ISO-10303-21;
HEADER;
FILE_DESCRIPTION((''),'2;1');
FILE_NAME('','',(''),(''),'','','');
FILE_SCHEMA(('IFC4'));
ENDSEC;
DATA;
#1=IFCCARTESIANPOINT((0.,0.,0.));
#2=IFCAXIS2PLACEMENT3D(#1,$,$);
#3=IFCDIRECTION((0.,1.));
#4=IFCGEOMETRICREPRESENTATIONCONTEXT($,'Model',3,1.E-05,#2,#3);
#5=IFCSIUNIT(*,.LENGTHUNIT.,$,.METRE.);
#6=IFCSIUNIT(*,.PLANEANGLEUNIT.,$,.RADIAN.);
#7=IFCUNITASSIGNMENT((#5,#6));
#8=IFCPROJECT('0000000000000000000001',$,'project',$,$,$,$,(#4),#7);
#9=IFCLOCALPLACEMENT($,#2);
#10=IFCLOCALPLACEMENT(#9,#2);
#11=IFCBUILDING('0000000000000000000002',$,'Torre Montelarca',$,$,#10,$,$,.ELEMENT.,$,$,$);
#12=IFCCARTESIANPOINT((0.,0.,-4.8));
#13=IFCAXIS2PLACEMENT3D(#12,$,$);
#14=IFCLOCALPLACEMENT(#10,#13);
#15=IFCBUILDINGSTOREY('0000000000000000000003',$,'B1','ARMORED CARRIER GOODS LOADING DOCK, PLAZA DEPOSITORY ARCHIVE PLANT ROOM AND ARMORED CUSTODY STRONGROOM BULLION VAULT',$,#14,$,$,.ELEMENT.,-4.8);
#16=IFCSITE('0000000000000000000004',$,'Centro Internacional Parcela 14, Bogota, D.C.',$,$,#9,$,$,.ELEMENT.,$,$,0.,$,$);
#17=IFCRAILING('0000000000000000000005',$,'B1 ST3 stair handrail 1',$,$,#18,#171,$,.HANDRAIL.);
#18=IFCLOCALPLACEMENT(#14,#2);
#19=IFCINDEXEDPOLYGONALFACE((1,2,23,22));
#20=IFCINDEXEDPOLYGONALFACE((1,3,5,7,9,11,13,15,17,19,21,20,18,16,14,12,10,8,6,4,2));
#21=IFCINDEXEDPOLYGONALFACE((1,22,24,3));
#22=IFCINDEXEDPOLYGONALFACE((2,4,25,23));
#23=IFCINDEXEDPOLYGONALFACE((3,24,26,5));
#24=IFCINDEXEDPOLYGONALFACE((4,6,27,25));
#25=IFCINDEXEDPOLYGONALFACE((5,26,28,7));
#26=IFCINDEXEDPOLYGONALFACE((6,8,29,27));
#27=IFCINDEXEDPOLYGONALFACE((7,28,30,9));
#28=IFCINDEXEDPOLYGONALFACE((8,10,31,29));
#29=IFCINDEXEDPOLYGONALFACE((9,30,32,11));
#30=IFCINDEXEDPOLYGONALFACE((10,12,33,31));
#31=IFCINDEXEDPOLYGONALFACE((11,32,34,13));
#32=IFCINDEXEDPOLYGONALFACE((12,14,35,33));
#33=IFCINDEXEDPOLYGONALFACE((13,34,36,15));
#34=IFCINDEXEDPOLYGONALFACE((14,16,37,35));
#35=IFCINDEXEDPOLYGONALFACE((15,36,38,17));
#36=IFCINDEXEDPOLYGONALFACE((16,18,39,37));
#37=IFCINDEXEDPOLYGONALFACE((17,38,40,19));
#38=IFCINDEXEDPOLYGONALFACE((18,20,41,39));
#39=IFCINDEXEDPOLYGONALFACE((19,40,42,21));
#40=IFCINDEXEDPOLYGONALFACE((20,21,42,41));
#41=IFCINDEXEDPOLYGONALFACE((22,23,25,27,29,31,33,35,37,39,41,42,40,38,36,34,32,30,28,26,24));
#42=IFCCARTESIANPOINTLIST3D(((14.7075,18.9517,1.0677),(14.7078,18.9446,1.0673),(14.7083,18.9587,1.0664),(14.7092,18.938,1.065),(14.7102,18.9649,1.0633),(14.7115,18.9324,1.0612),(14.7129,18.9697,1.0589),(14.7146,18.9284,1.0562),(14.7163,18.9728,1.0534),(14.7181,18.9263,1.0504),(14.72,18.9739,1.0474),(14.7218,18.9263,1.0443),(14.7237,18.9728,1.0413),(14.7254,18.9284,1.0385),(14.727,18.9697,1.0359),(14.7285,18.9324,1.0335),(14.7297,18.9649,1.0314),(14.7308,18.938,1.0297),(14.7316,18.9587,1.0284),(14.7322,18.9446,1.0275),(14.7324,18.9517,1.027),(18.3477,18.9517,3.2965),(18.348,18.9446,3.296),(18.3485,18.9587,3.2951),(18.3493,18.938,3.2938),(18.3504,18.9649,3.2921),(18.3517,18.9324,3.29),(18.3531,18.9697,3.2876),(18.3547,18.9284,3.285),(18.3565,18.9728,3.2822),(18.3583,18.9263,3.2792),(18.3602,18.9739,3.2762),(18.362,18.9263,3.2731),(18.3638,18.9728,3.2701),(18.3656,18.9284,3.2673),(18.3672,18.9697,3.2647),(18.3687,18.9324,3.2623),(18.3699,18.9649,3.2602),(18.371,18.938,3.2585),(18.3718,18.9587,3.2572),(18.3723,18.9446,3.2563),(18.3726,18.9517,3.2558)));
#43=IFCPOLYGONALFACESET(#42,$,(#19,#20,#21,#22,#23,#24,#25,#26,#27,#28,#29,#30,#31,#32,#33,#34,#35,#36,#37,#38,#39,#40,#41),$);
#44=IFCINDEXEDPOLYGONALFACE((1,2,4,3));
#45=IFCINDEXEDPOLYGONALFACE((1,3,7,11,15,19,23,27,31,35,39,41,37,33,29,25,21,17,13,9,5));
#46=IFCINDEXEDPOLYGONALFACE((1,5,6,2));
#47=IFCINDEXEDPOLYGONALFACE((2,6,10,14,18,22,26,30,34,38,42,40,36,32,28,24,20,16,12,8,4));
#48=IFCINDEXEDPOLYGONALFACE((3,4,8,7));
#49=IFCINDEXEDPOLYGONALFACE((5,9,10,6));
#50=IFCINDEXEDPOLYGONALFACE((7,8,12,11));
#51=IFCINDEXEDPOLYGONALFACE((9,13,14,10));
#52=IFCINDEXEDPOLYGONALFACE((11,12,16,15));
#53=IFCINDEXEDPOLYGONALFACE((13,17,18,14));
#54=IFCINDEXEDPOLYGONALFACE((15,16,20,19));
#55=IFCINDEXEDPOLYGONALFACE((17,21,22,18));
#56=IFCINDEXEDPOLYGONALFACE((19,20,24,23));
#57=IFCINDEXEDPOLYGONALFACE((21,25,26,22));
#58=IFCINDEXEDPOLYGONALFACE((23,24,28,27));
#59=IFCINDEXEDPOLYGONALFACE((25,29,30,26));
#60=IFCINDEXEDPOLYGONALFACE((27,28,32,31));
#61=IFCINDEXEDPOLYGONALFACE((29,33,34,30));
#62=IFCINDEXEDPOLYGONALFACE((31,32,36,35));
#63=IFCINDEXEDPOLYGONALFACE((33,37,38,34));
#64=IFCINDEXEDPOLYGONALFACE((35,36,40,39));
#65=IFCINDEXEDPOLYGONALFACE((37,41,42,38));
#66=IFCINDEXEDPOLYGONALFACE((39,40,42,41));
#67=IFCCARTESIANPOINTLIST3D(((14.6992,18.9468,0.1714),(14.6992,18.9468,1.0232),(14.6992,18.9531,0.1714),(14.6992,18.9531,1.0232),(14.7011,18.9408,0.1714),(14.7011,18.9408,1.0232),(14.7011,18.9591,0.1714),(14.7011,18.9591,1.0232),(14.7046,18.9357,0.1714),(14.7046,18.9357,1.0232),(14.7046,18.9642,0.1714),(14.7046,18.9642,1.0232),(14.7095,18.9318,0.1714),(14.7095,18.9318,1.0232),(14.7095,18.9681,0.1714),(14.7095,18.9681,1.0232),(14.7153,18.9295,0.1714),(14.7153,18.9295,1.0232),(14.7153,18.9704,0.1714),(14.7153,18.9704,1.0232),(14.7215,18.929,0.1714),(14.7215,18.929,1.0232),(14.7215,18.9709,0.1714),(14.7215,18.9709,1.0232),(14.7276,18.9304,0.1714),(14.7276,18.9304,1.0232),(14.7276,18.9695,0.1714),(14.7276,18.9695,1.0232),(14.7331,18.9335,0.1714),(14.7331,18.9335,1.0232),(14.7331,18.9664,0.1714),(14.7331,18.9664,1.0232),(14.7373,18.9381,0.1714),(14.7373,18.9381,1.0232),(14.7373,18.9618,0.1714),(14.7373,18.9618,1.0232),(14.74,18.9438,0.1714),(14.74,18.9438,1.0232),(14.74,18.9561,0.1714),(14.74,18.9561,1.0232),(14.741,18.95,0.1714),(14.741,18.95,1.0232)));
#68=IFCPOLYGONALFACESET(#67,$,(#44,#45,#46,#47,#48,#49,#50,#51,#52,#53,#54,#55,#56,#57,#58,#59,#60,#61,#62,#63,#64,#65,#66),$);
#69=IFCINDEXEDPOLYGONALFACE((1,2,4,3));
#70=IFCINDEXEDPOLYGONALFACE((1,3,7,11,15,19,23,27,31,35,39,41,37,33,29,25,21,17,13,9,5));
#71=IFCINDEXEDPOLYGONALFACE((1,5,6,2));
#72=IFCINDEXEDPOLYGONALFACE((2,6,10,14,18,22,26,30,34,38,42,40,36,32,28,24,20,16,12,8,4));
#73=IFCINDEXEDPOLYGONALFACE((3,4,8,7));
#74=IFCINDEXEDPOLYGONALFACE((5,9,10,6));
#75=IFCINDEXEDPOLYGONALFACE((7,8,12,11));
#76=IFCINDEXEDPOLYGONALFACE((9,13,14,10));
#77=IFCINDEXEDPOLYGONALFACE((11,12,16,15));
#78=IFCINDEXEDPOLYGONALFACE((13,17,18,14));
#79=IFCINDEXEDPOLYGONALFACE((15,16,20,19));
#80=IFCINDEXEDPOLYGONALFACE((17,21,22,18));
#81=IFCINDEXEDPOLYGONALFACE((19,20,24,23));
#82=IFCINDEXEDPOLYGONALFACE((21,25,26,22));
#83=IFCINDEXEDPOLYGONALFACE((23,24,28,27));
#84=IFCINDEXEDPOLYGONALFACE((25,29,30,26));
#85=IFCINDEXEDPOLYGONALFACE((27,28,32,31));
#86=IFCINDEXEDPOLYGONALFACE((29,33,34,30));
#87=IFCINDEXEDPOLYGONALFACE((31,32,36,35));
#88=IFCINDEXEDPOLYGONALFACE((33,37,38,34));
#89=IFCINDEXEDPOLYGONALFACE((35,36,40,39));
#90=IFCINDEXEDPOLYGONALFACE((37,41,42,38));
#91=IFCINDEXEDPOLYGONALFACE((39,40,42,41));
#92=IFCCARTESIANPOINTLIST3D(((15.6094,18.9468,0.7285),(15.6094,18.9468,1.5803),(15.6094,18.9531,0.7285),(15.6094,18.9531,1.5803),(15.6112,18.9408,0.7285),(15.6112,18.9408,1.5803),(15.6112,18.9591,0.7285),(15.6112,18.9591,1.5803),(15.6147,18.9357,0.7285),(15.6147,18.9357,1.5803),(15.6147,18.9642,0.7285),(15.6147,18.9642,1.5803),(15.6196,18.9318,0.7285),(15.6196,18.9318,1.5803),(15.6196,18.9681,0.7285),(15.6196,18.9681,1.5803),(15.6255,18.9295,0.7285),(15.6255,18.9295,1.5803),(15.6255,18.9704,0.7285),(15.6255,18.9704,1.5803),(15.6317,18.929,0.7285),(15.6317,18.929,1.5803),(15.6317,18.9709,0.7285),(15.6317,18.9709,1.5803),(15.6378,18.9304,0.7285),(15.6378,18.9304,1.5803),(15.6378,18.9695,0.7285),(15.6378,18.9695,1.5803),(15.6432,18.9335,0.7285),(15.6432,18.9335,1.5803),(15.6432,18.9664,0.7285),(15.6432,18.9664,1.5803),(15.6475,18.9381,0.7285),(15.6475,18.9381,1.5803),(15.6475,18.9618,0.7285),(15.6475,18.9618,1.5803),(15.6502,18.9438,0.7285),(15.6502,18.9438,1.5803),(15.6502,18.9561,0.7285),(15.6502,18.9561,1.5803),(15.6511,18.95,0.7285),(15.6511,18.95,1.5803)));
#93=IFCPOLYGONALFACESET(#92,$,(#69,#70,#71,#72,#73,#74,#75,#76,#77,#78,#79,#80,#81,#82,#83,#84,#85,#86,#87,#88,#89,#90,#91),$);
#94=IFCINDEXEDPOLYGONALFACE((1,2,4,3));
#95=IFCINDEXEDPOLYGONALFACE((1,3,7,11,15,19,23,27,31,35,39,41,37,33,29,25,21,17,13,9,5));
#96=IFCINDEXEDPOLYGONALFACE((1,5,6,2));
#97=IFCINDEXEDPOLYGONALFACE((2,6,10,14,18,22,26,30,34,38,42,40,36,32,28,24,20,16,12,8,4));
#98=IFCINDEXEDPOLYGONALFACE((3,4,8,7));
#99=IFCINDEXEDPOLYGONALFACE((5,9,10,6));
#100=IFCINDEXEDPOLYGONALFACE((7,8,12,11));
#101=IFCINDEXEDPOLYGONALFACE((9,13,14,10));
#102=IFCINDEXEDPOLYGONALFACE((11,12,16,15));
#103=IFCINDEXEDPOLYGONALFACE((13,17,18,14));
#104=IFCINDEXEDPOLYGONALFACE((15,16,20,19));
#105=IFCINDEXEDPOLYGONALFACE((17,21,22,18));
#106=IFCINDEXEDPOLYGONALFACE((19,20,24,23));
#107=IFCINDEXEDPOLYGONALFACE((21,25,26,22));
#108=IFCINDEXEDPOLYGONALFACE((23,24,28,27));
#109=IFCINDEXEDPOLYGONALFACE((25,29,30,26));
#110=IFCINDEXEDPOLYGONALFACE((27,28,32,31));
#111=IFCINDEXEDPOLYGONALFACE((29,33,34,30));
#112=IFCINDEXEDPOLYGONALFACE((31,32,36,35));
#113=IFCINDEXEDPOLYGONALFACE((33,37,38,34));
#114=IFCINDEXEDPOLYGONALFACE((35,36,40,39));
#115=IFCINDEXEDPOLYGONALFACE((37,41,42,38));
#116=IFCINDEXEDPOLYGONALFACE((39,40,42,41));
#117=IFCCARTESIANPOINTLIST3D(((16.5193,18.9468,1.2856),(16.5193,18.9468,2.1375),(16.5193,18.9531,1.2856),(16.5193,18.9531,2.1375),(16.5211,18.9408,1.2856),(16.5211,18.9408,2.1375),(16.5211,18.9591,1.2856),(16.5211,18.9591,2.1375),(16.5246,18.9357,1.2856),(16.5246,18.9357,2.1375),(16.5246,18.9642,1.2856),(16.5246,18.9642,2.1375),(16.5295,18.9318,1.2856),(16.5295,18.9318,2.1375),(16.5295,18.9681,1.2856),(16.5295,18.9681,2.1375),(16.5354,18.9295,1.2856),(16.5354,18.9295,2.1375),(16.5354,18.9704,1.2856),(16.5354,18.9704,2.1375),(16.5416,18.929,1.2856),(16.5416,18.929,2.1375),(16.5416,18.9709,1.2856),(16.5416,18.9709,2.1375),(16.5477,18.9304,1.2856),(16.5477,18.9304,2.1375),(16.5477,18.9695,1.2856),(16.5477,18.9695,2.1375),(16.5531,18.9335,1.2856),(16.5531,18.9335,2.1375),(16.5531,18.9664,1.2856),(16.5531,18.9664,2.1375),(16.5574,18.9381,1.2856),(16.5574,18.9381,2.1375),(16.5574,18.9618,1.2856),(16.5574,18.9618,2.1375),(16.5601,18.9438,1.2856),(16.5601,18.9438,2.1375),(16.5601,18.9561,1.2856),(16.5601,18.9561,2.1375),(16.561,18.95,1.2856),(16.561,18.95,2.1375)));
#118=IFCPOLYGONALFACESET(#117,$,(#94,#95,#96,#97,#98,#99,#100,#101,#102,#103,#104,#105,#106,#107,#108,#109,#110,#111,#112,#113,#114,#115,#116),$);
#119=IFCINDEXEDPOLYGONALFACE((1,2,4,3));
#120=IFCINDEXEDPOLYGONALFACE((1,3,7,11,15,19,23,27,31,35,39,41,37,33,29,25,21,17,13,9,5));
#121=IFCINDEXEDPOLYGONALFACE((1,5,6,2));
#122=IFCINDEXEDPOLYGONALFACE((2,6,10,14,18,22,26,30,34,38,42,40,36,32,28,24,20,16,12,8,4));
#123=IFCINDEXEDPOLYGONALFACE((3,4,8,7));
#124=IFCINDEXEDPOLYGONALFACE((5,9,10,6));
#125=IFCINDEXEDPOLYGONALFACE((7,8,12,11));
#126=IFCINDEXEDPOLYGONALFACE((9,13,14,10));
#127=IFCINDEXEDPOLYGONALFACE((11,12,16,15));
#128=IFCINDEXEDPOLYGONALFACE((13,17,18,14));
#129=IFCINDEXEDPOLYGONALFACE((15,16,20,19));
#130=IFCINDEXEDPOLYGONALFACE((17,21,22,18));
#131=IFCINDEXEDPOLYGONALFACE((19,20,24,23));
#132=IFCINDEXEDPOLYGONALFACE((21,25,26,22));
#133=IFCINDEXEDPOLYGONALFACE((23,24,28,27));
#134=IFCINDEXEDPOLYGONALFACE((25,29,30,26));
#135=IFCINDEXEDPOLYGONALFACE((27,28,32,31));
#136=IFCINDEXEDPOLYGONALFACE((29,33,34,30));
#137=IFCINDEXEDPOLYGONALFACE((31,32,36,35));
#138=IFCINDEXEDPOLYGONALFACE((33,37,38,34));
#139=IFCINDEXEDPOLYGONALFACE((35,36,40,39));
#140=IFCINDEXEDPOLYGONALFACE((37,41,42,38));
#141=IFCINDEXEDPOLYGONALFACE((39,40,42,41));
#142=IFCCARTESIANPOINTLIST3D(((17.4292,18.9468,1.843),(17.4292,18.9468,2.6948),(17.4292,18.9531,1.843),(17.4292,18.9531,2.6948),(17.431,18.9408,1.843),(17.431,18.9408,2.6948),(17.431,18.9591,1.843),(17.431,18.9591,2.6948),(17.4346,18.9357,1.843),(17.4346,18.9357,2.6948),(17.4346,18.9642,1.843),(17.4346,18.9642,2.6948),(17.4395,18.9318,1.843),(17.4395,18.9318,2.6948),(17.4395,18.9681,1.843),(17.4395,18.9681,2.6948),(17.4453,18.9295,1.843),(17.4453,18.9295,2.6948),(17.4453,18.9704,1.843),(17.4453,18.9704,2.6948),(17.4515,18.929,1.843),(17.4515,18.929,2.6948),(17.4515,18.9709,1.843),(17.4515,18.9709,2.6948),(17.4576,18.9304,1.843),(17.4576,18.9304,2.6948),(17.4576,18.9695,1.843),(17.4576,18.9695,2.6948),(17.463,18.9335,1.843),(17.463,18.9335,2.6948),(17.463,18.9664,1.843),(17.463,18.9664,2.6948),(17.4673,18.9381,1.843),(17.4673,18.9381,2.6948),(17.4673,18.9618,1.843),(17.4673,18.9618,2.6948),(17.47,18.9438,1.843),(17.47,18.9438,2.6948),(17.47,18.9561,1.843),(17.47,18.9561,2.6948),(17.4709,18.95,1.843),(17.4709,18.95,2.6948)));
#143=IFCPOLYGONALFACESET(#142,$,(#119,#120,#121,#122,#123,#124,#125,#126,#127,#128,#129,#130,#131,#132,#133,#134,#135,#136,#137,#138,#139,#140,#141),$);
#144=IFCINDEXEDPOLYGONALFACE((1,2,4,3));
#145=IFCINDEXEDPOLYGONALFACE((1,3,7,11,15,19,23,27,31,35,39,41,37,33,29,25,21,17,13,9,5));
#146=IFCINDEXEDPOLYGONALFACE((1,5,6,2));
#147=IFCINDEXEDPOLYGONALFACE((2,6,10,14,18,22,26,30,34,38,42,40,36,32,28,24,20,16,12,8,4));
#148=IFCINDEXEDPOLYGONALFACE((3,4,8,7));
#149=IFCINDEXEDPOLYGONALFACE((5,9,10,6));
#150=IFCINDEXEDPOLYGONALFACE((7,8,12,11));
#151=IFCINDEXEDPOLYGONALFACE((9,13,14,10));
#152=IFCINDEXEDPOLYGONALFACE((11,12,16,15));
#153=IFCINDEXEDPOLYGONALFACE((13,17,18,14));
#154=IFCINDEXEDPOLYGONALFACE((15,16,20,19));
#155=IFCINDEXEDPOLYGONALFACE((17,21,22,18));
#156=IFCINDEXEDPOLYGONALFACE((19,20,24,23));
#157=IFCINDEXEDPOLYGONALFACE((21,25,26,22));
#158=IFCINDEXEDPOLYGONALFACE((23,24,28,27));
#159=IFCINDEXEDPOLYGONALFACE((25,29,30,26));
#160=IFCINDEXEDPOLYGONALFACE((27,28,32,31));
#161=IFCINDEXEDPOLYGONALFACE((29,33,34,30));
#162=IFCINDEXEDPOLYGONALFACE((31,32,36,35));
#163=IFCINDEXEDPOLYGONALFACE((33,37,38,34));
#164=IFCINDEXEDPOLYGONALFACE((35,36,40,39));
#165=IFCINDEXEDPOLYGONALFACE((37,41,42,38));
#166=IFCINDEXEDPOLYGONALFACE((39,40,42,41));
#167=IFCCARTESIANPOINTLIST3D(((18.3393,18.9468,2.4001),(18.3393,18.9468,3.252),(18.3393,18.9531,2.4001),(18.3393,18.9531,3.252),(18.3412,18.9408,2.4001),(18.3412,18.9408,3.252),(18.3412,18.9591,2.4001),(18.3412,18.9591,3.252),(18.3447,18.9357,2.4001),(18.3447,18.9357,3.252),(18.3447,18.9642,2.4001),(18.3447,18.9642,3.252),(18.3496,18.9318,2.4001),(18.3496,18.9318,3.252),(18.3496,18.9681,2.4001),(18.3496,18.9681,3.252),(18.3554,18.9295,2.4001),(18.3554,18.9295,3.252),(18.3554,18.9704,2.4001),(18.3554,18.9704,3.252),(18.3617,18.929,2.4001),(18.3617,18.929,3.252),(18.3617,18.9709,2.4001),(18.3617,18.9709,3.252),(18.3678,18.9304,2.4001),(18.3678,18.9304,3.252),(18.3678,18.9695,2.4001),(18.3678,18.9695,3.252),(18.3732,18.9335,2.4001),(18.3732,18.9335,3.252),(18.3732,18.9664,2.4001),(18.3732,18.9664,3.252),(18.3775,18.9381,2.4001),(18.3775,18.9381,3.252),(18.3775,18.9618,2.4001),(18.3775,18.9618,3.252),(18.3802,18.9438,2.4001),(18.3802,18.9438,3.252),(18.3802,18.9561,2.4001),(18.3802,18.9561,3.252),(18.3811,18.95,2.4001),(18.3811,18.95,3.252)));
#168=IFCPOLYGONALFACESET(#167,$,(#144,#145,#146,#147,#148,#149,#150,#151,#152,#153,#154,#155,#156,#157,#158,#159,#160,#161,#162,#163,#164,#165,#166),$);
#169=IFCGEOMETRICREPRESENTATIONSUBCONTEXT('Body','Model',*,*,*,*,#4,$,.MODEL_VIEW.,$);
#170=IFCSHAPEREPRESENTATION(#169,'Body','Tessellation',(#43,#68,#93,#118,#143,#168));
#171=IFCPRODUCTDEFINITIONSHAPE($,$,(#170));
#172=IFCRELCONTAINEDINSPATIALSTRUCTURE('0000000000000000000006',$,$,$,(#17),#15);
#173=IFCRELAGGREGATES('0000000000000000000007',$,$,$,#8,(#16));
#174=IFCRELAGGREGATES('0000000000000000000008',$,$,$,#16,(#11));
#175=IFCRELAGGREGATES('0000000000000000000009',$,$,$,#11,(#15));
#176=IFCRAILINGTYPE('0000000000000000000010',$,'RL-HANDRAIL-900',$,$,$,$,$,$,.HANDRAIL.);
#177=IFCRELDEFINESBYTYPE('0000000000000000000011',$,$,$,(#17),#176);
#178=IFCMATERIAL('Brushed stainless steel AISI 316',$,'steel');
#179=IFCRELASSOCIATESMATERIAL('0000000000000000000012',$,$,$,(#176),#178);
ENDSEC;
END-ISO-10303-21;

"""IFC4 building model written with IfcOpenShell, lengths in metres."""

from ifc_helpers import new_model, si_unit, direction, frame, origin, origin_2d, place, context, subcontext, project, spatial, circle, extrude, material, type_object, element, save


model = new_model("IFC4")

# Units and contexts
model_context = context("Model", 3, precision=1e-05, world=origin(), true_north=direction((0.0, 1.0)))
body_context = subcontext(model_context, "Body", "Model", "MODEL_VIEW")
ifc_project = project(units=[si_unit("LENGTHUNIT", "METRE"), si_unit("PLANEANGLEUNIT", "RADIAN")], contexts=[model_context])

# Site, building, storey
site_placement = place(None, origin())
site = spatial("IfcSite", under=ifc_project, at=site_placement, Name="Centro Internacional Parcela 14, Bogota, D.C.", CompositionType="ELEMENT", RefElevation=0.0)
building_placement = place(site_placement, origin())
building = spatial("IfcBuilding", under=site, at=building_placement, Name="Torre Montelarca", CompositionType="ELEMENT")
storey_placement = place(building_placement, frame((0.0, 0.0, -4.8)))
storey = spatial("IfcBuildingStorey", under=building, at=storey_placement, Name="B1", Description="ARMORED CARRIER GOODS LOADING DOCK, PLAZA DEPOSITORY ARCHIVE PLANT ROOM AND ARMORED CUSTODY STRONGROOM BULLION VAULT", CompositionType="ELEMENT", Elevation=-4.8)

# Railing
ifc_material_1 = material(Name="Brushed stainless steel AISI 316", Category="steel")
railing_type_1 = type_object("IfcRailingType", Name="RL-HANDRAIL-900", PredefinedType="HANDRAIL", material=ifc_material_1)
railing_1_placement = place(storey_placement, frame((14.72, 18.95, 0.1714)))
element("IfcRailing", 1, at=railing_1_placement, inside=storey, type_object=railing_type_1, Name="B1 ST3 stair handrail 1", PredefinedType="HANDRAIL", context=body_context, shape_type="SweptSolid", body=[
    extrude(circle(Radius=0.0239, at=origin_2d()), frame((0.0, 0.0, 0.876), z_axis=(0.85284, 0.0, 0.522172), x_axis=(0.0, 1.0, 0.0)), (0.0, 0.0, 1.0), 4.2683),
    extrude(circle(Radius=0.021, at=origin_2d()), origin(), (0.0, 0.0, 1.0), 0.8518),
    extrude(circle(Radius=0.021, at=origin_2d()), frame((0.9102, 0.0, 0.5571)), (0.0, 0.0, 1.0), 0.8518),
    extrude(circle(Radius=0.021, at=origin_2d()), frame((1.8201, 0.0, 1.1143)), (0.0, 0.0, 1.0), 0.8518),
    extrude(circle(Radius=0.021, at=origin_2d()), frame((2.73, 0.0, 1.6716)), (0.0, 0.0, 1.0), 0.8518),
    extrude(circle(Radius=0.021, at=origin_2d()), frame((3.6401, 0.0, 2.2288)), (0.0, 0.0, 1.0), 0.8518),
])

save(model, "model.ifc")
